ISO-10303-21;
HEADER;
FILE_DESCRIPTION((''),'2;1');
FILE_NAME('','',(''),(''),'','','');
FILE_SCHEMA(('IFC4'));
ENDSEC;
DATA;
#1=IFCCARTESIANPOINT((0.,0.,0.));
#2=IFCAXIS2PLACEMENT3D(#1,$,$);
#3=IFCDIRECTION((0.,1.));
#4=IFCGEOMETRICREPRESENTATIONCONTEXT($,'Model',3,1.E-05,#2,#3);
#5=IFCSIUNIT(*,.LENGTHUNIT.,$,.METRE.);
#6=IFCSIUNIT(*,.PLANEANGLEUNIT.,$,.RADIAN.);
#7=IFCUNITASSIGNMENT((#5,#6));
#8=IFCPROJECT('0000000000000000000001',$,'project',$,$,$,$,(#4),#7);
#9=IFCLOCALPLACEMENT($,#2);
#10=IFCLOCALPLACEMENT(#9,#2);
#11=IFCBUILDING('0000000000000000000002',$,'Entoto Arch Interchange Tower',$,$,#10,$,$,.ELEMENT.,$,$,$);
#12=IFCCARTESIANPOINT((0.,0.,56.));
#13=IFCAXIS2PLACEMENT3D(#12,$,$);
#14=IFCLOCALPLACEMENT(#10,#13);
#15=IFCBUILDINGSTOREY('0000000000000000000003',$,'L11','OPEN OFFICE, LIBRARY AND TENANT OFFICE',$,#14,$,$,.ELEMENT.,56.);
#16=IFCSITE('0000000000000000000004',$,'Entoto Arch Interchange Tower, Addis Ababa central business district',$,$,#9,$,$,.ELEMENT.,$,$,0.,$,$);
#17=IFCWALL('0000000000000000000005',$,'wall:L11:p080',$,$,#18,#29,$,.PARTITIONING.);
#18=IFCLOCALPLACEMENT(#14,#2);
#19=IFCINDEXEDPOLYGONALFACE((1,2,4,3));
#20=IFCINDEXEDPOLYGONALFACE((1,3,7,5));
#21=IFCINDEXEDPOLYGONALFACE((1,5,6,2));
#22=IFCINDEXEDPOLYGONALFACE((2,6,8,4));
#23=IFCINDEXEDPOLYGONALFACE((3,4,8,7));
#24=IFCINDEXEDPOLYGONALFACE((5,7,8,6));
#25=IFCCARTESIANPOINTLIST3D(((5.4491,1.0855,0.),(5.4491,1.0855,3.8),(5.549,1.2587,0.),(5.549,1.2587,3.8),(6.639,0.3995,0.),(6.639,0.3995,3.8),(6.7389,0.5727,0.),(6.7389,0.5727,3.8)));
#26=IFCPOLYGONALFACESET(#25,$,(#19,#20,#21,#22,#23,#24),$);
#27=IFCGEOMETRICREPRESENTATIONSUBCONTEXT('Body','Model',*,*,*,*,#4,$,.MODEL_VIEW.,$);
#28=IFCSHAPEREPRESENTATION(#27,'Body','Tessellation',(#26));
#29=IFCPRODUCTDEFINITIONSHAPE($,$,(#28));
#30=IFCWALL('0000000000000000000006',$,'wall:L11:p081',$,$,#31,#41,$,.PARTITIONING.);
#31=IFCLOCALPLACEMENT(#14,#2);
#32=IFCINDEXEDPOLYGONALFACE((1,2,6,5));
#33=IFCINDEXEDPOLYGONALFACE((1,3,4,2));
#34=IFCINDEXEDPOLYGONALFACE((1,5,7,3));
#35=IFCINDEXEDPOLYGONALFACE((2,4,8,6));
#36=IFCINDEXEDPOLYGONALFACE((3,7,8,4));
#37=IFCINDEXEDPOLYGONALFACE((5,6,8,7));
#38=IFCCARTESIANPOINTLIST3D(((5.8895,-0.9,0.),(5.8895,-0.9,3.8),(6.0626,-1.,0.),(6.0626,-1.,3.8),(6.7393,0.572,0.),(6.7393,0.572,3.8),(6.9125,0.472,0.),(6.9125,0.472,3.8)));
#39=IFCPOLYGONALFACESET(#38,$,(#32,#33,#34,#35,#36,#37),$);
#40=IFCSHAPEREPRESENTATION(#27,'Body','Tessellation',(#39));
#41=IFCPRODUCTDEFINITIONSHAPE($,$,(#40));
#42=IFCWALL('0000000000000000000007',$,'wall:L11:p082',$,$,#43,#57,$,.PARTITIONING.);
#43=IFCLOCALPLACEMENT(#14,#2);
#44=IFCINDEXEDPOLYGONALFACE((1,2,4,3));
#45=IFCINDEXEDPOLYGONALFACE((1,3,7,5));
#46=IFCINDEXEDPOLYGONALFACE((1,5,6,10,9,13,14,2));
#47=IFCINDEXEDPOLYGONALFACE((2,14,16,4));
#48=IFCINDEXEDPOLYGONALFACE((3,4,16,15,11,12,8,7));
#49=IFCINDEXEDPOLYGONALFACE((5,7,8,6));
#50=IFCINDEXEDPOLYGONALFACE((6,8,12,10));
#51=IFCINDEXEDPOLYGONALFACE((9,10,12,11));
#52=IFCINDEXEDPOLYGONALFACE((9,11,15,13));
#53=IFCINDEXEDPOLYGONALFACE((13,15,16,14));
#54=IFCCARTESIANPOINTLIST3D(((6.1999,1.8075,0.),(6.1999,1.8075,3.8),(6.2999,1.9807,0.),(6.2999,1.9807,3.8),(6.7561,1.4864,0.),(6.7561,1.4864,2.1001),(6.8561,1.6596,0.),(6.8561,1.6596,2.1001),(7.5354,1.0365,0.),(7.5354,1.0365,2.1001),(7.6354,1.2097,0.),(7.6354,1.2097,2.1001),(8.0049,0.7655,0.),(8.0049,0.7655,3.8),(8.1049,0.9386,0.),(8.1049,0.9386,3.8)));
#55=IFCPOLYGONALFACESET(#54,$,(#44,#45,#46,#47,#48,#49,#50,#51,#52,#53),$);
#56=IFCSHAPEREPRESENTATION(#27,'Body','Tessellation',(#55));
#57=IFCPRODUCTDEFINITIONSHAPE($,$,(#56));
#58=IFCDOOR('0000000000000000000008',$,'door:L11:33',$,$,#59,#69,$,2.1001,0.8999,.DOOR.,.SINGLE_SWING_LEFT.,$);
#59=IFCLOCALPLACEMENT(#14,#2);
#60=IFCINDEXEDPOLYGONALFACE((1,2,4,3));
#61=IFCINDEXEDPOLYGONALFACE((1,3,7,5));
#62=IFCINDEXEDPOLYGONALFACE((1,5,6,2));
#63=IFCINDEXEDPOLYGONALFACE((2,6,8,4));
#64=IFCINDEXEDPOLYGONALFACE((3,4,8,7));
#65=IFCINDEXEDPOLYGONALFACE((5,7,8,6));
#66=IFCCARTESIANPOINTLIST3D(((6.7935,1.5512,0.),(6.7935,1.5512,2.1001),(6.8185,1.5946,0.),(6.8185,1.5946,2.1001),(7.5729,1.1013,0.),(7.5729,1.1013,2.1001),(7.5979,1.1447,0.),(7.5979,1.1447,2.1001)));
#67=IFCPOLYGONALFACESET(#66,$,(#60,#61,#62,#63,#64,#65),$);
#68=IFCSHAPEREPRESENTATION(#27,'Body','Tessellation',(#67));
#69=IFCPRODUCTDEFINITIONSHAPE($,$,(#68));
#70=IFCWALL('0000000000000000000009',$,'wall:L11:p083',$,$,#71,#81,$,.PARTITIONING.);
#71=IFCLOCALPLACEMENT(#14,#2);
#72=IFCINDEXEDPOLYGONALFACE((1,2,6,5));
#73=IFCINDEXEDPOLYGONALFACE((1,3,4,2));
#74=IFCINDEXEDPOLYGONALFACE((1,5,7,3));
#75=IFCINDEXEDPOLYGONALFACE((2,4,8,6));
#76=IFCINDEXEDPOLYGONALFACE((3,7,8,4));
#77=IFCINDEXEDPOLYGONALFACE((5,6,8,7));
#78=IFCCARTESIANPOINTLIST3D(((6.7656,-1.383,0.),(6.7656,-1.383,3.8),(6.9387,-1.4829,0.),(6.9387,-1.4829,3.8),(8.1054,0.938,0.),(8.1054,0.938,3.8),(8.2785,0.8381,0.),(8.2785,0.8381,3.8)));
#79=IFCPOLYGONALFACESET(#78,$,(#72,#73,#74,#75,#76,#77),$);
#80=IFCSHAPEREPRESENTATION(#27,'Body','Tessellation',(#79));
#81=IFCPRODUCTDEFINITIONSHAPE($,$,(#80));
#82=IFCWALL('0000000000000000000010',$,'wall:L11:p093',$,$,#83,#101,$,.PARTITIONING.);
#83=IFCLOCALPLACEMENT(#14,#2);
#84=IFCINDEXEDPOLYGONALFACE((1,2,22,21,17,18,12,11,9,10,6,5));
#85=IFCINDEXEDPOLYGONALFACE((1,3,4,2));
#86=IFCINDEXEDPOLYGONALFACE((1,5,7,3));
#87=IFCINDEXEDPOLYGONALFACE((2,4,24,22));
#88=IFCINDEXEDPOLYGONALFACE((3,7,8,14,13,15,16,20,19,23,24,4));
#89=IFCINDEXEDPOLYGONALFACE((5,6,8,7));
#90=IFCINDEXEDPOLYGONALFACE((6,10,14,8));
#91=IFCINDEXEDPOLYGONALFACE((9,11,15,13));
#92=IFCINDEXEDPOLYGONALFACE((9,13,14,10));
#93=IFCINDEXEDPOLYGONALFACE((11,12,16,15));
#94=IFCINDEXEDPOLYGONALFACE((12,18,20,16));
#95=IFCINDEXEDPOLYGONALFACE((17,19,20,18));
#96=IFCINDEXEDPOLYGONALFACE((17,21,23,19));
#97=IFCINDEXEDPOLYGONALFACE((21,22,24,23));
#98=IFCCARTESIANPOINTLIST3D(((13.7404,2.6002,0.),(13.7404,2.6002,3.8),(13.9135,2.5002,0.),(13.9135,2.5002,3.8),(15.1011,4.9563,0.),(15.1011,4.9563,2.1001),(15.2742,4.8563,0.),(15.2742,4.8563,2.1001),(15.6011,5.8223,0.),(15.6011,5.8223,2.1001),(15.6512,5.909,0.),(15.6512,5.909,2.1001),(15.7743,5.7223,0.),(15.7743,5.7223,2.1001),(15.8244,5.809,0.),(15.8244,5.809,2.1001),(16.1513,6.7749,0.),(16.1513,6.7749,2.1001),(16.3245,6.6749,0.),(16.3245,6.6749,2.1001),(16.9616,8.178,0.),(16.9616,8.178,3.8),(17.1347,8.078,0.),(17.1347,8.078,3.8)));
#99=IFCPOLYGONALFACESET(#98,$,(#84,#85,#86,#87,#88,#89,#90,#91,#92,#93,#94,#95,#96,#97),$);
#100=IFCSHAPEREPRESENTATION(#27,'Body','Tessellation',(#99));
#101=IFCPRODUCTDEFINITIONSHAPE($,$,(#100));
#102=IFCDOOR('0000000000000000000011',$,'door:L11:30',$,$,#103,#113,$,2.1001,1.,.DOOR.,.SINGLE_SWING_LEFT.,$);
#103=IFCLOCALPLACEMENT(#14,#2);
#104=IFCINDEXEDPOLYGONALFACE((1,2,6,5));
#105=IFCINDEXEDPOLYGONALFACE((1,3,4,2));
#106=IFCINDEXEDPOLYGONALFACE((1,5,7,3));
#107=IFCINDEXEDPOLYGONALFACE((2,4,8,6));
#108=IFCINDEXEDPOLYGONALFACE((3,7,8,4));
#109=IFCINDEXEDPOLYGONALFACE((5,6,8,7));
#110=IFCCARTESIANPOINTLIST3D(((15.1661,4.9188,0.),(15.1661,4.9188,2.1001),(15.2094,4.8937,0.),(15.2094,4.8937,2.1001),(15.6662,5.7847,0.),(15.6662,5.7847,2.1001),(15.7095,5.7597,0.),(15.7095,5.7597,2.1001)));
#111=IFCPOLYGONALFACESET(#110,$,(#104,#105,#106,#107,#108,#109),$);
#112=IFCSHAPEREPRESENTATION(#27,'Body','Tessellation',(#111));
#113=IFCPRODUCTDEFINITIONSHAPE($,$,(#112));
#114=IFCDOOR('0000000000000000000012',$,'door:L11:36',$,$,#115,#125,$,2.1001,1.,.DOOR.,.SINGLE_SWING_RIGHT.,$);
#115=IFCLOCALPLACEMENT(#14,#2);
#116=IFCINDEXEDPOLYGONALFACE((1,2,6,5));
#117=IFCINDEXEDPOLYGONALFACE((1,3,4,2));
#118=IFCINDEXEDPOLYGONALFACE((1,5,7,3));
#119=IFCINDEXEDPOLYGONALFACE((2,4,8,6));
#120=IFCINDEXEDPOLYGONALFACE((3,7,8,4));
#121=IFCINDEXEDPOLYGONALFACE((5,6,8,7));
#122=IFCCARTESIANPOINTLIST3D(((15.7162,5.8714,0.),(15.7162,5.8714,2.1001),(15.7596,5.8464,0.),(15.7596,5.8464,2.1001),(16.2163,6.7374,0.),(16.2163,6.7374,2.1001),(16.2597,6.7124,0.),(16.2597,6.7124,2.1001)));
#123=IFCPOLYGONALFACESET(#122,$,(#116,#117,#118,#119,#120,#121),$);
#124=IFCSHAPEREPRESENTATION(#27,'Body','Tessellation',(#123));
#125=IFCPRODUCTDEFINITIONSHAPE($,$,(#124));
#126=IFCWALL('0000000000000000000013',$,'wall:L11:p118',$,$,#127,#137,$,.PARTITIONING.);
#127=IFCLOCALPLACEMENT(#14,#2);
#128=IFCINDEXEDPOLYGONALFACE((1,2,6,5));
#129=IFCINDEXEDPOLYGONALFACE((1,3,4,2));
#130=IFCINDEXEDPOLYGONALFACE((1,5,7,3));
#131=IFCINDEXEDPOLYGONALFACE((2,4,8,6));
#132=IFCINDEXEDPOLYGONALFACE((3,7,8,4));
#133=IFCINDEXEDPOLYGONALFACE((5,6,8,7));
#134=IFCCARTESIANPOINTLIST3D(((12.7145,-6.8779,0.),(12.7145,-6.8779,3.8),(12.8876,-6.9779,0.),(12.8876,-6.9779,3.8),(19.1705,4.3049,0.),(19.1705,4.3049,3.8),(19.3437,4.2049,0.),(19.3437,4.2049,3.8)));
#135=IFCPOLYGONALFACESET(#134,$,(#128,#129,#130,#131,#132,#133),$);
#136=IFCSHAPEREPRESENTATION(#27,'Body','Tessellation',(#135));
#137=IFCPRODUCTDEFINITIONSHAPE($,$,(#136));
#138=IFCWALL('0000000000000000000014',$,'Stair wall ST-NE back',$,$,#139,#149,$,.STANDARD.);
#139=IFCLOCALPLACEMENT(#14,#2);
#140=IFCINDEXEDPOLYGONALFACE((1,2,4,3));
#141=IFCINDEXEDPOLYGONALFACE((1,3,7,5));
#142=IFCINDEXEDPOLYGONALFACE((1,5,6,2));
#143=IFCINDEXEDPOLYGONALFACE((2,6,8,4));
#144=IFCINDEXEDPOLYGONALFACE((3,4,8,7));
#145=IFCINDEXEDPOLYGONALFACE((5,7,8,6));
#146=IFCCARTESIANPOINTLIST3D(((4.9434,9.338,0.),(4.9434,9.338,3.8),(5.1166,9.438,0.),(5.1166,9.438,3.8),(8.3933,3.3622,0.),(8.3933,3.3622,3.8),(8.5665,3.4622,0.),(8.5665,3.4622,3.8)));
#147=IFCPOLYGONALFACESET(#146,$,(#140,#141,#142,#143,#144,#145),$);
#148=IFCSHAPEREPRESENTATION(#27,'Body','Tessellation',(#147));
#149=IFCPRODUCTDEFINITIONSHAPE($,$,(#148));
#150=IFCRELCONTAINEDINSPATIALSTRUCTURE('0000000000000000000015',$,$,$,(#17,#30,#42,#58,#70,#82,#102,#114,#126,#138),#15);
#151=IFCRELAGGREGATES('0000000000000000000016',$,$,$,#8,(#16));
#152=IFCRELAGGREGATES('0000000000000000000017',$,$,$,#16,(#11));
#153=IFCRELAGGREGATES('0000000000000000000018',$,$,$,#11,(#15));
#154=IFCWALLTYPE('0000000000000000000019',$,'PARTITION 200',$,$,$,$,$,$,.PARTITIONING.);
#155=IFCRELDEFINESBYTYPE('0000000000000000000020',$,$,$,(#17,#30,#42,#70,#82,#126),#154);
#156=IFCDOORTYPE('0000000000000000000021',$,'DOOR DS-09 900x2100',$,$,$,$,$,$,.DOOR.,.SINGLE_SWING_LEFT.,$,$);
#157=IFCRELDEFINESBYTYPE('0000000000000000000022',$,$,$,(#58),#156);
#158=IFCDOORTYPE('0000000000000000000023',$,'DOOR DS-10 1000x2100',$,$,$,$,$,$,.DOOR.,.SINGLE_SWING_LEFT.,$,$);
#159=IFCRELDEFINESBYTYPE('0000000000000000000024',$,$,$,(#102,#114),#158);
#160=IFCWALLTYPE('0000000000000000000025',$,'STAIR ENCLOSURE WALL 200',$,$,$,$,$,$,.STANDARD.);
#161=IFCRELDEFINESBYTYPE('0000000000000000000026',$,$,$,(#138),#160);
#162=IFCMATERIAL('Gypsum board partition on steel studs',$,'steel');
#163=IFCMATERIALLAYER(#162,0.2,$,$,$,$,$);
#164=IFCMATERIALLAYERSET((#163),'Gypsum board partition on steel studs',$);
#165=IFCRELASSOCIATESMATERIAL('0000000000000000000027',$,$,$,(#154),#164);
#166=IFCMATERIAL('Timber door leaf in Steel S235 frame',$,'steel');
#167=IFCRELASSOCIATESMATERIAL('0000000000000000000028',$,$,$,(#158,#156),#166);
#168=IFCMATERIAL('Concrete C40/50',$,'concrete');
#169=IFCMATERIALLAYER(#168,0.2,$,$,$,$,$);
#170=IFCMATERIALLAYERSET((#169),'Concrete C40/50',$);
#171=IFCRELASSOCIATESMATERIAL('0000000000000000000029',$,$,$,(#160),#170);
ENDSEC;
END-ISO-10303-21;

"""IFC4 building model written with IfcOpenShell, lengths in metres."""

from ifc_helpers import new_model, si_unit, direction, frame, frame_2d, origin, place, context, subcontext, project, spatial, rectangle, extrude, material, layer, layer_set, type_object, element, fill, save


model = new_model("IFC4")

# Units and contexts
model_context = context("Model", 3, precision=1e-05, world=origin(), true_north=direction((0.0, 1.0)))
body_context = subcontext(model_context, "Body", "Model", "MODEL_VIEW")
ifc_project = project(units=[si_unit("LENGTHUNIT", "METRE"), si_unit("PLANEANGLEUNIT", "RADIAN")], contexts=[model_context])

# Site, building, storey
site_placement = place(None, origin())
site = spatial("IfcSite", under=ifc_project, at=site_placement, Name="Entoto Arch Interchange Tower, Addis Ababa central business district", CompositionType="ELEMENT", RefElevation=0.0)
building_placement = place(site_placement, origin())
building = spatial("IfcBuilding", under=site, at=building_placement, Name="Entoto Arch Interchange Tower", CompositionType="ELEMENT")
storey_placement = place(building_placement, frame((0.0, 0.0, 56.0)))
storey = spatial("IfcBuildingStorey", under=building, at=storey_placement, Name="L11", Description="OPEN OFFICE, LIBRARY AND TENANT OFFICE", CompositionType="ELEMENT", Elevation=56.0)

# Shared definitions
ifc_material_1 = material(Name="Concrete C40/50", Category="concrete")
ifc_material_2 = material(Name="Gypsum board partition on steel studs", Category="steel")
ifc_layer_1 = layer(ifc_material_2, 0.2)
ifc_layer_set_1 = layer_set([ifc_layer_1], Name="Gypsum board partition on steel studs")
wall_type_1 = type_object("IfcWallType", Name="PARTITION 200", PredefinedType="PARTITIONING", material=ifc_layer_set_1)

# Shared definitions
ifc_material_3 = material(Name="Timber door leaf in Steel S235 frame", Category="steel")
door_type_1 = type_object("IfcDoorType", Name="DOOR DS-10 1000x2100", OperationType="SINGLE_SWING_LEFT", PredefinedType="DOOR", material=ifc_material_3)

# Walls
wall_1_placement = place(storey_placement, frame((5.499, 1.1721, 0.0), z_axis=(0.0, 0.0, 1.0), x_axis=(0.866334, -0.499466, 0.0)))
element("IfcWall", 1, at=wall_1_placement, inside=storey, type_object=wall_type_1, Name="wall:L11:p080", PredefinedType="PARTITIONING", context=body_context, shape_type="SweptSolid", body=[
    extrude(rectangle(XDim=1.3735, YDim=0.2, at=frame_2d((0.6868, 0.0))), origin(), (0.0, 0.0, 1.0), 3.8),
])
wall_2_placement = place(storey_placement, frame((6.8259, 0.522, 0.0), z_axis=(0.0, 0.0, 1.0), x_axis=(-0.500017, -0.866016, 0.0)))
element("IfcWall", 2, at=wall_2_placement, inside=storey, type_object=wall_type_1, Name="wall:L11:p081", PredefinedType="PARTITIONING", context=body_context, shape_type="SweptSolid", body=[
    extrude(rectangle(XDim=1.6997, YDim=0.2, at=frame_2d((0.8499, 0.0))), origin(), (0.0, 0.0, 1.0), 3.8),
])

# Wall, opening, door
wall_3_placement = place(storey_placement, frame((6.25, 1.894, 0.0), z_axis=(0.0, 0.0, 1.0), x_axis=(0.866043, -0.499969, 0.0)))
wall_3 = element("IfcWall", 3, at=wall_3_placement, inside=storey, type_object=wall_type_1, Name="wall:L11:p082", PredefinedType="PARTITIONING", context=body_context, shape_type="SweptSolid", body=[
    extrude(rectangle(XDim=2.0842, YDim=0.2, at=frame_2d((1.042, 0.0))), origin(), (0.0, 0.0, 1.0), 3.8),
])
opening_1_placement = place(wall_3_placement, frame((0.6421, 0.0, 0.0)))
opening_1 = element("IfcOpeningElement", 4, at=opening_1_placement, cuts=wall_3, PredefinedType="OPENING", context=body_context, shape_type="SweptSolid", body=[
    extrude(rectangle(XDim=0.8999, YDim=2.1001, at=frame_2d((0.45, 1.05))), frame((0.0, 0.1099, 0.0), z_axis=(0.0, -1.0, 0.0), x_axis=(1.0, 0.0, 0.0)), (0.0, 0.0, 1.0), 0.22),
])
door_type_2 = type_object("IfcDoorType", Name="DOOR DS-09 900x2100", OperationType="SINGLE_SWING_LEFT", PredefinedType="DOOR", material=ifc_material_3)
door_1_placement = place(opening_1_placement, origin())
door_1 = element("IfcDoor", 5, at=door_1_placement, inside=storey, type_object=door_type_2, Name="door:L11:33", OperationType="SINGLE_SWING_LEFT", OverallHeight=2.1001, OverallWidth=0.8999, PredefinedType="DOOR", context=body_context, shape_type="SweptSolid", body=[
    extrude(rectangle(XDim=0.8999, YDim=2.1001, at=frame_2d((0.45, 1.05))), frame((0.0, 0.0249, 0.0), z_axis=(0.0, -1.0, 0.0), x_axis=(1.0, 0.0, 0.0)), (0.0, 0.0, 1.0), 0.05),
])
fill(opening_1, door_1)

# Wall
wall_4_placement = place(storey_placement, frame((8.1919, 0.8879, 0.0), z_axis=(0.0, 0.0, 1.0), x_axis=(-0.499941, -0.86606, 0.0)))
element("IfcWall", 6, at=wall_4_placement, inside=storey, type_object=wall_type_1, Name="wall:L11:p083", PredefinedType="PARTITIONING", context=body_context, shape_type="SweptSolid", body=[
    extrude(rectangle(XDim=2.6799, YDim=0.2, at=frame_2d((1.3398, 0.0))), origin(), (0.0, 0.0, 1.0), 3.8),
])

# Wall, openings, doors
wall_5_placement = place(storey_placement, frame((13.8269, 2.55, 0.0), z_axis=(0.0, 0.0, 1.0), x_axis=(0.500093, 0.865972, 0.0)))
wall_5 = element("IfcWall", 7, at=wall_5_placement, inside=storey, type_object=wall_type_1, Name="wall:L11:p093", PredefinedType="PARTITIONING", context=body_context, shape_type="SweptSolid", body=[
    extrude(rectangle(XDim=6.4412, YDim=0.2, at=frame_2d((3.2207, 0.0))), origin(), (0.0, 0.0, 1.0), 3.8),
])
opening_2_placement = place(wall_5_placement, frame((2.7209, 0.0, 0.0)))
opening_2 = element("IfcOpeningElement", 8, at=opening_2_placement, cuts=wall_5, PredefinedType="OPENING", context=body_context, shape_type="SweptSolid", body=[
    extrude(rectangle(XDim=1.0, YDim=2.1001, at=frame_2d((0.5, 1.05))), frame((0.0, 0.1099, 0.0), z_axis=(0.0, -1.0, 0.0), x_axis=(1.0, 0.0, 0.0)), (0.0, 0.0, 1.0), 0.22),
])
opening_3_placement = place(wall_5_placement, frame((3.821, 0.0, 0.0)))
opening_3 = element("IfcOpeningElement", 9, at=opening_3_placement, cuts=wall_5, PredefinedType="OPENING", context=body_context, shape_type="SweptSolid", body=[
    extrude(rectangle(XDim=1.0, YDim=2.1001, at=frame_2d((0.5, 1.05))), frame((0.0, 0.1099, 0.0), z_axis=(0.0, -1.0, 0.0), x_axis=(1.0, 0.0, 0.0)), (0.0, 0.0, 1.0), 0.22),
])
door_2_placement = place(opening_2_placement, origin())
door_2 = element("IfcDoor", 10, at=door_2_placement, inside=storey, type_object=door_type_1, Name="door:L11:30", OperationType="SINGLE_SWING_LEFT", OverallHeight=2.1001, OverallWidth=1.0, PredefinedType="DOOR", context=body_context, shape_type="SweptSolid", body=[
    extrude(rectangle(XDim=1.0, YDim=2.1001, at=frame_2d((0.5, 1.05))), frame((0.0, 0.0249, 0.0), z_axis=(0.0, -1.0, 0.0), x_axis=(1.0, 0.0, 0.0)), (0.0, 0.0, 1.0), 0.05),
])
fill(opening_2, door_2)
door_3_placement = place(opening_3_placement, origin())
door_3 = element("IfcDoor", 11, at=door_3_placement, inside=storey, type_object=door_type_1, Name="door:L11:36", OperationType="SINGLE_SWING_RIGHT", OverallHeight=2.1001, OverallWidth=1.0, PredefinedType="DOOR", context=body_context, shape_type="SweptSolid", body=[
    extrude(rectangle(XDim=1.0, YDim=2.1001, at=frame_2d((0.5, 1.05))), frame((0.0, 0.0249, 0.0), z_axis=(0.0, -1.0, 0.0), x_axis=(1.0, 0.0, 0.0)), (0.0, 0.0, 1.0), 0.05),
])
fill(opening_3, door_3)

# Walls
wall_6_placement = place(storey_placement, frame((19.2571, 4.2549, 0.0), z_axis=(0.0, 0.0, 1.0), x_axis=(-0.499978, -0.866038, 0.0)))
element("IfcWall", 12, at=wall_6_placement, inside=storey, type_object=wall_type_1, Name="wall:L11:p118", PredefinedType="PARTITIONING", context=body_context, shape_type="SweptSolid", body=[
    extrude(rectangle(XDim=12.9126, YDim=0.2, at=frame_2d((6.4563, 0.0))), origin(), (0.0, 0.0, 1.0), 3.8),
])
ifc_layer_2 = layer(ifc_material_1, 0.2)
ifc_layer_set_2 = layer_set([ifc_layer_2], Name="Concrete C40/50")
wall_type_2 = type_object("IfcWallType", Name="STAIR ENCLOSURE WALL 200", PredefinedType="STANDARD", material=ifc_layer_set_2)
wall_7_placement = place(storey_placement, frame((8.48, 3.4121, 0.0), z_axis=(0.0, 0.0, 1.0), x_axis=(-0.499979, 0.866038, 0.0)))
element("IfcWall", 13, at=wall_7_placement, inside=storey, type_object=wall_type_2, Name="Stair wall ST-NE back", PredefinedType="STANDARD", context=body_context, shape_type="SweptSolid", body=[
    extrude(rectangle(XDim=6.9001, YDim=0.2, at=frame_2d((3.4502, 0.0))), origin(), (0.0, 0.0, 1.0), 3.8),
])

save(model, "model.ifc")
